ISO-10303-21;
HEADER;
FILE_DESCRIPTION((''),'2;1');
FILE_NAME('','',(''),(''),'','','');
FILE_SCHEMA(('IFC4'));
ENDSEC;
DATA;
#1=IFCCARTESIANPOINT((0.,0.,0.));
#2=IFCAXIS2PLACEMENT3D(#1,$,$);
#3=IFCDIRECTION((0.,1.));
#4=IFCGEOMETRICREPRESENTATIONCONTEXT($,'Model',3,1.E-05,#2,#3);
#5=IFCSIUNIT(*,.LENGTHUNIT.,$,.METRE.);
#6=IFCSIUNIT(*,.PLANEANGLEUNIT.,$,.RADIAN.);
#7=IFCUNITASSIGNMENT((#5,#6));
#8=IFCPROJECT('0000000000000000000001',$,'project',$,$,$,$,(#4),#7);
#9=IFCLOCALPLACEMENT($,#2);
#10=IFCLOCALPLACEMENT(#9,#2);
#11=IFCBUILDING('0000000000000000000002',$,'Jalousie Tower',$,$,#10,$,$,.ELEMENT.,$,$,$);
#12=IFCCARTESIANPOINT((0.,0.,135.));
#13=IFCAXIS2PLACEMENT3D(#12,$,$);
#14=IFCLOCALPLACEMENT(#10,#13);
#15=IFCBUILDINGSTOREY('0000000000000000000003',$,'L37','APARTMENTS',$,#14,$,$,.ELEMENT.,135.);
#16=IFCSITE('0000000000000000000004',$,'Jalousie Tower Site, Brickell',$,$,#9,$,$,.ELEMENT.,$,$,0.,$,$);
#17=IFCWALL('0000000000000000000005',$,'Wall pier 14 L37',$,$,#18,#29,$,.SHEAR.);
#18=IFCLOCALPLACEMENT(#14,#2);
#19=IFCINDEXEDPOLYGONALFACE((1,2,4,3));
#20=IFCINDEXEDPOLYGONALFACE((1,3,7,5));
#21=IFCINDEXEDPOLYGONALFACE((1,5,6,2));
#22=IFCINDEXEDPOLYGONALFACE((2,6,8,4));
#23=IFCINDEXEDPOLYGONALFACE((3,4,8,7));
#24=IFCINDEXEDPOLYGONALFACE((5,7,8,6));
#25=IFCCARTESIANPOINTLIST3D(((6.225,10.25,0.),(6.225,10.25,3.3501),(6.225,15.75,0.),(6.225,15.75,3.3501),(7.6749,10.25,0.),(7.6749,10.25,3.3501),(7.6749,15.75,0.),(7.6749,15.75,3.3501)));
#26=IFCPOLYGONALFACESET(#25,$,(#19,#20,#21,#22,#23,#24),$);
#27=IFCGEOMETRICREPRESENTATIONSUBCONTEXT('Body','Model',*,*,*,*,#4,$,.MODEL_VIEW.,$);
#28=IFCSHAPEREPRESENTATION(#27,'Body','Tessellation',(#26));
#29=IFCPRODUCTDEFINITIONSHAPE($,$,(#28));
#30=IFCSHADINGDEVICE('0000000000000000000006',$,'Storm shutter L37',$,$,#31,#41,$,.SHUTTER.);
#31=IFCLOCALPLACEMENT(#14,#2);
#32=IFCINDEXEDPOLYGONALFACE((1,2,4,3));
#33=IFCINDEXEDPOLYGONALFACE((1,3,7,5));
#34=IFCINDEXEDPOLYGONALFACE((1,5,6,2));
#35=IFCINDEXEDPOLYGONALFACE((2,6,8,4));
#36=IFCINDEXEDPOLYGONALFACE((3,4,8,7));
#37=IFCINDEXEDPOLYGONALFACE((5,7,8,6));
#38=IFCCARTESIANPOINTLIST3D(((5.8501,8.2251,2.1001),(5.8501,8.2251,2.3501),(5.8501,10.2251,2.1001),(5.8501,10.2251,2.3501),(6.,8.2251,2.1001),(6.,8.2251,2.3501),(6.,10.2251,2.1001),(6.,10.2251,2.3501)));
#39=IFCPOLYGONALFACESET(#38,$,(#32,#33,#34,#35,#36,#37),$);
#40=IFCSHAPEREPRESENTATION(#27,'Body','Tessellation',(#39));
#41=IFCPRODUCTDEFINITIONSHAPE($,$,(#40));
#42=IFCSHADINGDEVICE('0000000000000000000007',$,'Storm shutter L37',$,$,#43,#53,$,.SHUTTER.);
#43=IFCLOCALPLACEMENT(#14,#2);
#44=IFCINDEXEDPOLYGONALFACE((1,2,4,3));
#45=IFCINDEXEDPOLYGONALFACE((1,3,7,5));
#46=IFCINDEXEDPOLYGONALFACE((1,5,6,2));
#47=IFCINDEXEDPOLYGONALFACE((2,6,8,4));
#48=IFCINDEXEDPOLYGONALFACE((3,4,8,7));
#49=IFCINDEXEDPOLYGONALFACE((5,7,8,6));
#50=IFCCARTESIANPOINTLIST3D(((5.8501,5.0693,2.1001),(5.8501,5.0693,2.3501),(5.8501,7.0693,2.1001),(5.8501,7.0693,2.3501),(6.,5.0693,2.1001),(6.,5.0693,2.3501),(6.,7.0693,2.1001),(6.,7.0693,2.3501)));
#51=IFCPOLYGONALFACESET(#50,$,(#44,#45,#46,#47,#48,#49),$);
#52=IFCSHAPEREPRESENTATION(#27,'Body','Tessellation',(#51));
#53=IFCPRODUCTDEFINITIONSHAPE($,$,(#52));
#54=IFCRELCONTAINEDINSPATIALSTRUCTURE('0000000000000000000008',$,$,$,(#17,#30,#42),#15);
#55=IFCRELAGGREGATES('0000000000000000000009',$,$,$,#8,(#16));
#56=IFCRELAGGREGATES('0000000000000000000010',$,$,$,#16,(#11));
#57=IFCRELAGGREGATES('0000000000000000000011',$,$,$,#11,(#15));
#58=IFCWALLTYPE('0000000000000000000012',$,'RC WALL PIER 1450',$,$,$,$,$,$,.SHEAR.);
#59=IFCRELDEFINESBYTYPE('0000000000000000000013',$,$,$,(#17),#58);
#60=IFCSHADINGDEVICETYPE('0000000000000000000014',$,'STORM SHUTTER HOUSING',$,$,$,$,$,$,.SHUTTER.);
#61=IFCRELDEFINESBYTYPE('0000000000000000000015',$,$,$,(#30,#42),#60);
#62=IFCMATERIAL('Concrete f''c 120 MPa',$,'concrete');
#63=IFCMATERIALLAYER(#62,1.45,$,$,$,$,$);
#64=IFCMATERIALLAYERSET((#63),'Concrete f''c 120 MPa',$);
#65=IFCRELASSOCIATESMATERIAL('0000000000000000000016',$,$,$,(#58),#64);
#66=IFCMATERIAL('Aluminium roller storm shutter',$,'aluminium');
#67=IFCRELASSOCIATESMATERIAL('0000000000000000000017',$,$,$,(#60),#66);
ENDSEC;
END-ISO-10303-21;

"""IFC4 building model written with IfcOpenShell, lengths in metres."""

from ifc_helpers import new_model, si_unit, direction, frame, frame_2d, origin, origin_2d, place, context, subcontext, project, spatial, rectangle, extrude, material, layer, layer_set, type_object, element, save


model = new_model("IFC4")

# Units and contexts
model_context = context("Model", 3, precision=1e-05, world=origin(), true_north=direction((0.0, 1.0)))
body_context = subcontext(model_context, "Body", "Model", "MODEL_VIEW")
ifc_project = project(units=[si_unit("LENGTHUNIT", "METRE"), si_unit("PLANEANGLEUNIT", "RADIAN")], contexts=[model_context])

# Site, building, storey
site_placement = place(None, origin())
site = spatial("IfcSite", under=ifc_project, at=site_placement, Name="Jalousie Tower Site, Brickell", CompositionType="ELEMENT", RefElevation=0.0)
building_placement = place(site_placement, origin())
building = spatial("IfcBuilding", under=site, at=building_placement, Name="Jalousie Tower", CompositionType="ELEMENT")
storey_placement = place(building_placement, frame((0.0, 0.0, 135.0)))
storey = spatial("IfcBuildingStorey", under=building, at=storey_placement, Name="L37", Description="APARTMENTS", CompositionType="ELEMENT", Elevation=135.0)

# Wall
ifc_material_1 = material(Name="Concrete f'c 120 MPa", Category="concrete")
ifc_layer_1 = layer(ifc_material_1, 1.45)
ifc_layer_set_1 = layer_set([ifc_layer_1], Name="Concrete f'c 120 MPa")
wall_type_1 = type_object("IfcWallType", Name="RC WALL PIER 1450", PredefinedType="SHEAR", material=ifc_layer_set_1)
wall_1_placement = place(storey_placement, frame((6.95, 10.25, 0.0), z_axis=(0.0, 0.0, 1.0), x_axis=(0.0, 1.0, 0.0)))
element("IfcWall", 1, at=wall_1_placement, inside=storey, type_object=wall_type_1, Name="Wall pier 14 L37", PredefinedType="SHEAR", context=body_context, shape_type="SweptSolid", body=[
    extrude(rectangle(XDim=5.5, YDim=1.45, at=frame_2d((2.75, 0.0))), origin(), (0.0, 0.0, 1.0), 3.3501),
])

# Shading devices
ifc_material_2 = material(Name="Aluminium roller storm shutter", Category="aluminium")
shading_device_type = type_object("IfcShadingDeviceType", Name="STORM SHUTTER HOUSING", PredefinedType="SHUTTER", material=ifc_material_2)
for number, where, z_axis, x_axis, name in (
    (2, (5.925, 9.2251, 2.1001), (0.0, 0.0, 1.0), (0.0, -1.0, 0.0), "Storm shutter L37"),
    (3, (5.925, 6.0693, 2.1001), (0.0, 0.0, 1.0), (0.0, -1.0, 0.0), "Storm shutter L37"),
):
    element("IfcShadingDevice", number, at=place(storey_placement, frame(where, z_axis=z_axis, x_axis=x_axis)), inside=storey, type_object=shading_device_type, Name=name, PredefinedType="SHUTTER", context=body_context, shape_type="SweptSolid", body=[
        extrude(rectangle(XDim=2.0, YDim=0.1499, at=origin_2d()), origin(), (0.0, 0.0, 1.0), 0.25),
    ])

save(model, "model.ifc")
